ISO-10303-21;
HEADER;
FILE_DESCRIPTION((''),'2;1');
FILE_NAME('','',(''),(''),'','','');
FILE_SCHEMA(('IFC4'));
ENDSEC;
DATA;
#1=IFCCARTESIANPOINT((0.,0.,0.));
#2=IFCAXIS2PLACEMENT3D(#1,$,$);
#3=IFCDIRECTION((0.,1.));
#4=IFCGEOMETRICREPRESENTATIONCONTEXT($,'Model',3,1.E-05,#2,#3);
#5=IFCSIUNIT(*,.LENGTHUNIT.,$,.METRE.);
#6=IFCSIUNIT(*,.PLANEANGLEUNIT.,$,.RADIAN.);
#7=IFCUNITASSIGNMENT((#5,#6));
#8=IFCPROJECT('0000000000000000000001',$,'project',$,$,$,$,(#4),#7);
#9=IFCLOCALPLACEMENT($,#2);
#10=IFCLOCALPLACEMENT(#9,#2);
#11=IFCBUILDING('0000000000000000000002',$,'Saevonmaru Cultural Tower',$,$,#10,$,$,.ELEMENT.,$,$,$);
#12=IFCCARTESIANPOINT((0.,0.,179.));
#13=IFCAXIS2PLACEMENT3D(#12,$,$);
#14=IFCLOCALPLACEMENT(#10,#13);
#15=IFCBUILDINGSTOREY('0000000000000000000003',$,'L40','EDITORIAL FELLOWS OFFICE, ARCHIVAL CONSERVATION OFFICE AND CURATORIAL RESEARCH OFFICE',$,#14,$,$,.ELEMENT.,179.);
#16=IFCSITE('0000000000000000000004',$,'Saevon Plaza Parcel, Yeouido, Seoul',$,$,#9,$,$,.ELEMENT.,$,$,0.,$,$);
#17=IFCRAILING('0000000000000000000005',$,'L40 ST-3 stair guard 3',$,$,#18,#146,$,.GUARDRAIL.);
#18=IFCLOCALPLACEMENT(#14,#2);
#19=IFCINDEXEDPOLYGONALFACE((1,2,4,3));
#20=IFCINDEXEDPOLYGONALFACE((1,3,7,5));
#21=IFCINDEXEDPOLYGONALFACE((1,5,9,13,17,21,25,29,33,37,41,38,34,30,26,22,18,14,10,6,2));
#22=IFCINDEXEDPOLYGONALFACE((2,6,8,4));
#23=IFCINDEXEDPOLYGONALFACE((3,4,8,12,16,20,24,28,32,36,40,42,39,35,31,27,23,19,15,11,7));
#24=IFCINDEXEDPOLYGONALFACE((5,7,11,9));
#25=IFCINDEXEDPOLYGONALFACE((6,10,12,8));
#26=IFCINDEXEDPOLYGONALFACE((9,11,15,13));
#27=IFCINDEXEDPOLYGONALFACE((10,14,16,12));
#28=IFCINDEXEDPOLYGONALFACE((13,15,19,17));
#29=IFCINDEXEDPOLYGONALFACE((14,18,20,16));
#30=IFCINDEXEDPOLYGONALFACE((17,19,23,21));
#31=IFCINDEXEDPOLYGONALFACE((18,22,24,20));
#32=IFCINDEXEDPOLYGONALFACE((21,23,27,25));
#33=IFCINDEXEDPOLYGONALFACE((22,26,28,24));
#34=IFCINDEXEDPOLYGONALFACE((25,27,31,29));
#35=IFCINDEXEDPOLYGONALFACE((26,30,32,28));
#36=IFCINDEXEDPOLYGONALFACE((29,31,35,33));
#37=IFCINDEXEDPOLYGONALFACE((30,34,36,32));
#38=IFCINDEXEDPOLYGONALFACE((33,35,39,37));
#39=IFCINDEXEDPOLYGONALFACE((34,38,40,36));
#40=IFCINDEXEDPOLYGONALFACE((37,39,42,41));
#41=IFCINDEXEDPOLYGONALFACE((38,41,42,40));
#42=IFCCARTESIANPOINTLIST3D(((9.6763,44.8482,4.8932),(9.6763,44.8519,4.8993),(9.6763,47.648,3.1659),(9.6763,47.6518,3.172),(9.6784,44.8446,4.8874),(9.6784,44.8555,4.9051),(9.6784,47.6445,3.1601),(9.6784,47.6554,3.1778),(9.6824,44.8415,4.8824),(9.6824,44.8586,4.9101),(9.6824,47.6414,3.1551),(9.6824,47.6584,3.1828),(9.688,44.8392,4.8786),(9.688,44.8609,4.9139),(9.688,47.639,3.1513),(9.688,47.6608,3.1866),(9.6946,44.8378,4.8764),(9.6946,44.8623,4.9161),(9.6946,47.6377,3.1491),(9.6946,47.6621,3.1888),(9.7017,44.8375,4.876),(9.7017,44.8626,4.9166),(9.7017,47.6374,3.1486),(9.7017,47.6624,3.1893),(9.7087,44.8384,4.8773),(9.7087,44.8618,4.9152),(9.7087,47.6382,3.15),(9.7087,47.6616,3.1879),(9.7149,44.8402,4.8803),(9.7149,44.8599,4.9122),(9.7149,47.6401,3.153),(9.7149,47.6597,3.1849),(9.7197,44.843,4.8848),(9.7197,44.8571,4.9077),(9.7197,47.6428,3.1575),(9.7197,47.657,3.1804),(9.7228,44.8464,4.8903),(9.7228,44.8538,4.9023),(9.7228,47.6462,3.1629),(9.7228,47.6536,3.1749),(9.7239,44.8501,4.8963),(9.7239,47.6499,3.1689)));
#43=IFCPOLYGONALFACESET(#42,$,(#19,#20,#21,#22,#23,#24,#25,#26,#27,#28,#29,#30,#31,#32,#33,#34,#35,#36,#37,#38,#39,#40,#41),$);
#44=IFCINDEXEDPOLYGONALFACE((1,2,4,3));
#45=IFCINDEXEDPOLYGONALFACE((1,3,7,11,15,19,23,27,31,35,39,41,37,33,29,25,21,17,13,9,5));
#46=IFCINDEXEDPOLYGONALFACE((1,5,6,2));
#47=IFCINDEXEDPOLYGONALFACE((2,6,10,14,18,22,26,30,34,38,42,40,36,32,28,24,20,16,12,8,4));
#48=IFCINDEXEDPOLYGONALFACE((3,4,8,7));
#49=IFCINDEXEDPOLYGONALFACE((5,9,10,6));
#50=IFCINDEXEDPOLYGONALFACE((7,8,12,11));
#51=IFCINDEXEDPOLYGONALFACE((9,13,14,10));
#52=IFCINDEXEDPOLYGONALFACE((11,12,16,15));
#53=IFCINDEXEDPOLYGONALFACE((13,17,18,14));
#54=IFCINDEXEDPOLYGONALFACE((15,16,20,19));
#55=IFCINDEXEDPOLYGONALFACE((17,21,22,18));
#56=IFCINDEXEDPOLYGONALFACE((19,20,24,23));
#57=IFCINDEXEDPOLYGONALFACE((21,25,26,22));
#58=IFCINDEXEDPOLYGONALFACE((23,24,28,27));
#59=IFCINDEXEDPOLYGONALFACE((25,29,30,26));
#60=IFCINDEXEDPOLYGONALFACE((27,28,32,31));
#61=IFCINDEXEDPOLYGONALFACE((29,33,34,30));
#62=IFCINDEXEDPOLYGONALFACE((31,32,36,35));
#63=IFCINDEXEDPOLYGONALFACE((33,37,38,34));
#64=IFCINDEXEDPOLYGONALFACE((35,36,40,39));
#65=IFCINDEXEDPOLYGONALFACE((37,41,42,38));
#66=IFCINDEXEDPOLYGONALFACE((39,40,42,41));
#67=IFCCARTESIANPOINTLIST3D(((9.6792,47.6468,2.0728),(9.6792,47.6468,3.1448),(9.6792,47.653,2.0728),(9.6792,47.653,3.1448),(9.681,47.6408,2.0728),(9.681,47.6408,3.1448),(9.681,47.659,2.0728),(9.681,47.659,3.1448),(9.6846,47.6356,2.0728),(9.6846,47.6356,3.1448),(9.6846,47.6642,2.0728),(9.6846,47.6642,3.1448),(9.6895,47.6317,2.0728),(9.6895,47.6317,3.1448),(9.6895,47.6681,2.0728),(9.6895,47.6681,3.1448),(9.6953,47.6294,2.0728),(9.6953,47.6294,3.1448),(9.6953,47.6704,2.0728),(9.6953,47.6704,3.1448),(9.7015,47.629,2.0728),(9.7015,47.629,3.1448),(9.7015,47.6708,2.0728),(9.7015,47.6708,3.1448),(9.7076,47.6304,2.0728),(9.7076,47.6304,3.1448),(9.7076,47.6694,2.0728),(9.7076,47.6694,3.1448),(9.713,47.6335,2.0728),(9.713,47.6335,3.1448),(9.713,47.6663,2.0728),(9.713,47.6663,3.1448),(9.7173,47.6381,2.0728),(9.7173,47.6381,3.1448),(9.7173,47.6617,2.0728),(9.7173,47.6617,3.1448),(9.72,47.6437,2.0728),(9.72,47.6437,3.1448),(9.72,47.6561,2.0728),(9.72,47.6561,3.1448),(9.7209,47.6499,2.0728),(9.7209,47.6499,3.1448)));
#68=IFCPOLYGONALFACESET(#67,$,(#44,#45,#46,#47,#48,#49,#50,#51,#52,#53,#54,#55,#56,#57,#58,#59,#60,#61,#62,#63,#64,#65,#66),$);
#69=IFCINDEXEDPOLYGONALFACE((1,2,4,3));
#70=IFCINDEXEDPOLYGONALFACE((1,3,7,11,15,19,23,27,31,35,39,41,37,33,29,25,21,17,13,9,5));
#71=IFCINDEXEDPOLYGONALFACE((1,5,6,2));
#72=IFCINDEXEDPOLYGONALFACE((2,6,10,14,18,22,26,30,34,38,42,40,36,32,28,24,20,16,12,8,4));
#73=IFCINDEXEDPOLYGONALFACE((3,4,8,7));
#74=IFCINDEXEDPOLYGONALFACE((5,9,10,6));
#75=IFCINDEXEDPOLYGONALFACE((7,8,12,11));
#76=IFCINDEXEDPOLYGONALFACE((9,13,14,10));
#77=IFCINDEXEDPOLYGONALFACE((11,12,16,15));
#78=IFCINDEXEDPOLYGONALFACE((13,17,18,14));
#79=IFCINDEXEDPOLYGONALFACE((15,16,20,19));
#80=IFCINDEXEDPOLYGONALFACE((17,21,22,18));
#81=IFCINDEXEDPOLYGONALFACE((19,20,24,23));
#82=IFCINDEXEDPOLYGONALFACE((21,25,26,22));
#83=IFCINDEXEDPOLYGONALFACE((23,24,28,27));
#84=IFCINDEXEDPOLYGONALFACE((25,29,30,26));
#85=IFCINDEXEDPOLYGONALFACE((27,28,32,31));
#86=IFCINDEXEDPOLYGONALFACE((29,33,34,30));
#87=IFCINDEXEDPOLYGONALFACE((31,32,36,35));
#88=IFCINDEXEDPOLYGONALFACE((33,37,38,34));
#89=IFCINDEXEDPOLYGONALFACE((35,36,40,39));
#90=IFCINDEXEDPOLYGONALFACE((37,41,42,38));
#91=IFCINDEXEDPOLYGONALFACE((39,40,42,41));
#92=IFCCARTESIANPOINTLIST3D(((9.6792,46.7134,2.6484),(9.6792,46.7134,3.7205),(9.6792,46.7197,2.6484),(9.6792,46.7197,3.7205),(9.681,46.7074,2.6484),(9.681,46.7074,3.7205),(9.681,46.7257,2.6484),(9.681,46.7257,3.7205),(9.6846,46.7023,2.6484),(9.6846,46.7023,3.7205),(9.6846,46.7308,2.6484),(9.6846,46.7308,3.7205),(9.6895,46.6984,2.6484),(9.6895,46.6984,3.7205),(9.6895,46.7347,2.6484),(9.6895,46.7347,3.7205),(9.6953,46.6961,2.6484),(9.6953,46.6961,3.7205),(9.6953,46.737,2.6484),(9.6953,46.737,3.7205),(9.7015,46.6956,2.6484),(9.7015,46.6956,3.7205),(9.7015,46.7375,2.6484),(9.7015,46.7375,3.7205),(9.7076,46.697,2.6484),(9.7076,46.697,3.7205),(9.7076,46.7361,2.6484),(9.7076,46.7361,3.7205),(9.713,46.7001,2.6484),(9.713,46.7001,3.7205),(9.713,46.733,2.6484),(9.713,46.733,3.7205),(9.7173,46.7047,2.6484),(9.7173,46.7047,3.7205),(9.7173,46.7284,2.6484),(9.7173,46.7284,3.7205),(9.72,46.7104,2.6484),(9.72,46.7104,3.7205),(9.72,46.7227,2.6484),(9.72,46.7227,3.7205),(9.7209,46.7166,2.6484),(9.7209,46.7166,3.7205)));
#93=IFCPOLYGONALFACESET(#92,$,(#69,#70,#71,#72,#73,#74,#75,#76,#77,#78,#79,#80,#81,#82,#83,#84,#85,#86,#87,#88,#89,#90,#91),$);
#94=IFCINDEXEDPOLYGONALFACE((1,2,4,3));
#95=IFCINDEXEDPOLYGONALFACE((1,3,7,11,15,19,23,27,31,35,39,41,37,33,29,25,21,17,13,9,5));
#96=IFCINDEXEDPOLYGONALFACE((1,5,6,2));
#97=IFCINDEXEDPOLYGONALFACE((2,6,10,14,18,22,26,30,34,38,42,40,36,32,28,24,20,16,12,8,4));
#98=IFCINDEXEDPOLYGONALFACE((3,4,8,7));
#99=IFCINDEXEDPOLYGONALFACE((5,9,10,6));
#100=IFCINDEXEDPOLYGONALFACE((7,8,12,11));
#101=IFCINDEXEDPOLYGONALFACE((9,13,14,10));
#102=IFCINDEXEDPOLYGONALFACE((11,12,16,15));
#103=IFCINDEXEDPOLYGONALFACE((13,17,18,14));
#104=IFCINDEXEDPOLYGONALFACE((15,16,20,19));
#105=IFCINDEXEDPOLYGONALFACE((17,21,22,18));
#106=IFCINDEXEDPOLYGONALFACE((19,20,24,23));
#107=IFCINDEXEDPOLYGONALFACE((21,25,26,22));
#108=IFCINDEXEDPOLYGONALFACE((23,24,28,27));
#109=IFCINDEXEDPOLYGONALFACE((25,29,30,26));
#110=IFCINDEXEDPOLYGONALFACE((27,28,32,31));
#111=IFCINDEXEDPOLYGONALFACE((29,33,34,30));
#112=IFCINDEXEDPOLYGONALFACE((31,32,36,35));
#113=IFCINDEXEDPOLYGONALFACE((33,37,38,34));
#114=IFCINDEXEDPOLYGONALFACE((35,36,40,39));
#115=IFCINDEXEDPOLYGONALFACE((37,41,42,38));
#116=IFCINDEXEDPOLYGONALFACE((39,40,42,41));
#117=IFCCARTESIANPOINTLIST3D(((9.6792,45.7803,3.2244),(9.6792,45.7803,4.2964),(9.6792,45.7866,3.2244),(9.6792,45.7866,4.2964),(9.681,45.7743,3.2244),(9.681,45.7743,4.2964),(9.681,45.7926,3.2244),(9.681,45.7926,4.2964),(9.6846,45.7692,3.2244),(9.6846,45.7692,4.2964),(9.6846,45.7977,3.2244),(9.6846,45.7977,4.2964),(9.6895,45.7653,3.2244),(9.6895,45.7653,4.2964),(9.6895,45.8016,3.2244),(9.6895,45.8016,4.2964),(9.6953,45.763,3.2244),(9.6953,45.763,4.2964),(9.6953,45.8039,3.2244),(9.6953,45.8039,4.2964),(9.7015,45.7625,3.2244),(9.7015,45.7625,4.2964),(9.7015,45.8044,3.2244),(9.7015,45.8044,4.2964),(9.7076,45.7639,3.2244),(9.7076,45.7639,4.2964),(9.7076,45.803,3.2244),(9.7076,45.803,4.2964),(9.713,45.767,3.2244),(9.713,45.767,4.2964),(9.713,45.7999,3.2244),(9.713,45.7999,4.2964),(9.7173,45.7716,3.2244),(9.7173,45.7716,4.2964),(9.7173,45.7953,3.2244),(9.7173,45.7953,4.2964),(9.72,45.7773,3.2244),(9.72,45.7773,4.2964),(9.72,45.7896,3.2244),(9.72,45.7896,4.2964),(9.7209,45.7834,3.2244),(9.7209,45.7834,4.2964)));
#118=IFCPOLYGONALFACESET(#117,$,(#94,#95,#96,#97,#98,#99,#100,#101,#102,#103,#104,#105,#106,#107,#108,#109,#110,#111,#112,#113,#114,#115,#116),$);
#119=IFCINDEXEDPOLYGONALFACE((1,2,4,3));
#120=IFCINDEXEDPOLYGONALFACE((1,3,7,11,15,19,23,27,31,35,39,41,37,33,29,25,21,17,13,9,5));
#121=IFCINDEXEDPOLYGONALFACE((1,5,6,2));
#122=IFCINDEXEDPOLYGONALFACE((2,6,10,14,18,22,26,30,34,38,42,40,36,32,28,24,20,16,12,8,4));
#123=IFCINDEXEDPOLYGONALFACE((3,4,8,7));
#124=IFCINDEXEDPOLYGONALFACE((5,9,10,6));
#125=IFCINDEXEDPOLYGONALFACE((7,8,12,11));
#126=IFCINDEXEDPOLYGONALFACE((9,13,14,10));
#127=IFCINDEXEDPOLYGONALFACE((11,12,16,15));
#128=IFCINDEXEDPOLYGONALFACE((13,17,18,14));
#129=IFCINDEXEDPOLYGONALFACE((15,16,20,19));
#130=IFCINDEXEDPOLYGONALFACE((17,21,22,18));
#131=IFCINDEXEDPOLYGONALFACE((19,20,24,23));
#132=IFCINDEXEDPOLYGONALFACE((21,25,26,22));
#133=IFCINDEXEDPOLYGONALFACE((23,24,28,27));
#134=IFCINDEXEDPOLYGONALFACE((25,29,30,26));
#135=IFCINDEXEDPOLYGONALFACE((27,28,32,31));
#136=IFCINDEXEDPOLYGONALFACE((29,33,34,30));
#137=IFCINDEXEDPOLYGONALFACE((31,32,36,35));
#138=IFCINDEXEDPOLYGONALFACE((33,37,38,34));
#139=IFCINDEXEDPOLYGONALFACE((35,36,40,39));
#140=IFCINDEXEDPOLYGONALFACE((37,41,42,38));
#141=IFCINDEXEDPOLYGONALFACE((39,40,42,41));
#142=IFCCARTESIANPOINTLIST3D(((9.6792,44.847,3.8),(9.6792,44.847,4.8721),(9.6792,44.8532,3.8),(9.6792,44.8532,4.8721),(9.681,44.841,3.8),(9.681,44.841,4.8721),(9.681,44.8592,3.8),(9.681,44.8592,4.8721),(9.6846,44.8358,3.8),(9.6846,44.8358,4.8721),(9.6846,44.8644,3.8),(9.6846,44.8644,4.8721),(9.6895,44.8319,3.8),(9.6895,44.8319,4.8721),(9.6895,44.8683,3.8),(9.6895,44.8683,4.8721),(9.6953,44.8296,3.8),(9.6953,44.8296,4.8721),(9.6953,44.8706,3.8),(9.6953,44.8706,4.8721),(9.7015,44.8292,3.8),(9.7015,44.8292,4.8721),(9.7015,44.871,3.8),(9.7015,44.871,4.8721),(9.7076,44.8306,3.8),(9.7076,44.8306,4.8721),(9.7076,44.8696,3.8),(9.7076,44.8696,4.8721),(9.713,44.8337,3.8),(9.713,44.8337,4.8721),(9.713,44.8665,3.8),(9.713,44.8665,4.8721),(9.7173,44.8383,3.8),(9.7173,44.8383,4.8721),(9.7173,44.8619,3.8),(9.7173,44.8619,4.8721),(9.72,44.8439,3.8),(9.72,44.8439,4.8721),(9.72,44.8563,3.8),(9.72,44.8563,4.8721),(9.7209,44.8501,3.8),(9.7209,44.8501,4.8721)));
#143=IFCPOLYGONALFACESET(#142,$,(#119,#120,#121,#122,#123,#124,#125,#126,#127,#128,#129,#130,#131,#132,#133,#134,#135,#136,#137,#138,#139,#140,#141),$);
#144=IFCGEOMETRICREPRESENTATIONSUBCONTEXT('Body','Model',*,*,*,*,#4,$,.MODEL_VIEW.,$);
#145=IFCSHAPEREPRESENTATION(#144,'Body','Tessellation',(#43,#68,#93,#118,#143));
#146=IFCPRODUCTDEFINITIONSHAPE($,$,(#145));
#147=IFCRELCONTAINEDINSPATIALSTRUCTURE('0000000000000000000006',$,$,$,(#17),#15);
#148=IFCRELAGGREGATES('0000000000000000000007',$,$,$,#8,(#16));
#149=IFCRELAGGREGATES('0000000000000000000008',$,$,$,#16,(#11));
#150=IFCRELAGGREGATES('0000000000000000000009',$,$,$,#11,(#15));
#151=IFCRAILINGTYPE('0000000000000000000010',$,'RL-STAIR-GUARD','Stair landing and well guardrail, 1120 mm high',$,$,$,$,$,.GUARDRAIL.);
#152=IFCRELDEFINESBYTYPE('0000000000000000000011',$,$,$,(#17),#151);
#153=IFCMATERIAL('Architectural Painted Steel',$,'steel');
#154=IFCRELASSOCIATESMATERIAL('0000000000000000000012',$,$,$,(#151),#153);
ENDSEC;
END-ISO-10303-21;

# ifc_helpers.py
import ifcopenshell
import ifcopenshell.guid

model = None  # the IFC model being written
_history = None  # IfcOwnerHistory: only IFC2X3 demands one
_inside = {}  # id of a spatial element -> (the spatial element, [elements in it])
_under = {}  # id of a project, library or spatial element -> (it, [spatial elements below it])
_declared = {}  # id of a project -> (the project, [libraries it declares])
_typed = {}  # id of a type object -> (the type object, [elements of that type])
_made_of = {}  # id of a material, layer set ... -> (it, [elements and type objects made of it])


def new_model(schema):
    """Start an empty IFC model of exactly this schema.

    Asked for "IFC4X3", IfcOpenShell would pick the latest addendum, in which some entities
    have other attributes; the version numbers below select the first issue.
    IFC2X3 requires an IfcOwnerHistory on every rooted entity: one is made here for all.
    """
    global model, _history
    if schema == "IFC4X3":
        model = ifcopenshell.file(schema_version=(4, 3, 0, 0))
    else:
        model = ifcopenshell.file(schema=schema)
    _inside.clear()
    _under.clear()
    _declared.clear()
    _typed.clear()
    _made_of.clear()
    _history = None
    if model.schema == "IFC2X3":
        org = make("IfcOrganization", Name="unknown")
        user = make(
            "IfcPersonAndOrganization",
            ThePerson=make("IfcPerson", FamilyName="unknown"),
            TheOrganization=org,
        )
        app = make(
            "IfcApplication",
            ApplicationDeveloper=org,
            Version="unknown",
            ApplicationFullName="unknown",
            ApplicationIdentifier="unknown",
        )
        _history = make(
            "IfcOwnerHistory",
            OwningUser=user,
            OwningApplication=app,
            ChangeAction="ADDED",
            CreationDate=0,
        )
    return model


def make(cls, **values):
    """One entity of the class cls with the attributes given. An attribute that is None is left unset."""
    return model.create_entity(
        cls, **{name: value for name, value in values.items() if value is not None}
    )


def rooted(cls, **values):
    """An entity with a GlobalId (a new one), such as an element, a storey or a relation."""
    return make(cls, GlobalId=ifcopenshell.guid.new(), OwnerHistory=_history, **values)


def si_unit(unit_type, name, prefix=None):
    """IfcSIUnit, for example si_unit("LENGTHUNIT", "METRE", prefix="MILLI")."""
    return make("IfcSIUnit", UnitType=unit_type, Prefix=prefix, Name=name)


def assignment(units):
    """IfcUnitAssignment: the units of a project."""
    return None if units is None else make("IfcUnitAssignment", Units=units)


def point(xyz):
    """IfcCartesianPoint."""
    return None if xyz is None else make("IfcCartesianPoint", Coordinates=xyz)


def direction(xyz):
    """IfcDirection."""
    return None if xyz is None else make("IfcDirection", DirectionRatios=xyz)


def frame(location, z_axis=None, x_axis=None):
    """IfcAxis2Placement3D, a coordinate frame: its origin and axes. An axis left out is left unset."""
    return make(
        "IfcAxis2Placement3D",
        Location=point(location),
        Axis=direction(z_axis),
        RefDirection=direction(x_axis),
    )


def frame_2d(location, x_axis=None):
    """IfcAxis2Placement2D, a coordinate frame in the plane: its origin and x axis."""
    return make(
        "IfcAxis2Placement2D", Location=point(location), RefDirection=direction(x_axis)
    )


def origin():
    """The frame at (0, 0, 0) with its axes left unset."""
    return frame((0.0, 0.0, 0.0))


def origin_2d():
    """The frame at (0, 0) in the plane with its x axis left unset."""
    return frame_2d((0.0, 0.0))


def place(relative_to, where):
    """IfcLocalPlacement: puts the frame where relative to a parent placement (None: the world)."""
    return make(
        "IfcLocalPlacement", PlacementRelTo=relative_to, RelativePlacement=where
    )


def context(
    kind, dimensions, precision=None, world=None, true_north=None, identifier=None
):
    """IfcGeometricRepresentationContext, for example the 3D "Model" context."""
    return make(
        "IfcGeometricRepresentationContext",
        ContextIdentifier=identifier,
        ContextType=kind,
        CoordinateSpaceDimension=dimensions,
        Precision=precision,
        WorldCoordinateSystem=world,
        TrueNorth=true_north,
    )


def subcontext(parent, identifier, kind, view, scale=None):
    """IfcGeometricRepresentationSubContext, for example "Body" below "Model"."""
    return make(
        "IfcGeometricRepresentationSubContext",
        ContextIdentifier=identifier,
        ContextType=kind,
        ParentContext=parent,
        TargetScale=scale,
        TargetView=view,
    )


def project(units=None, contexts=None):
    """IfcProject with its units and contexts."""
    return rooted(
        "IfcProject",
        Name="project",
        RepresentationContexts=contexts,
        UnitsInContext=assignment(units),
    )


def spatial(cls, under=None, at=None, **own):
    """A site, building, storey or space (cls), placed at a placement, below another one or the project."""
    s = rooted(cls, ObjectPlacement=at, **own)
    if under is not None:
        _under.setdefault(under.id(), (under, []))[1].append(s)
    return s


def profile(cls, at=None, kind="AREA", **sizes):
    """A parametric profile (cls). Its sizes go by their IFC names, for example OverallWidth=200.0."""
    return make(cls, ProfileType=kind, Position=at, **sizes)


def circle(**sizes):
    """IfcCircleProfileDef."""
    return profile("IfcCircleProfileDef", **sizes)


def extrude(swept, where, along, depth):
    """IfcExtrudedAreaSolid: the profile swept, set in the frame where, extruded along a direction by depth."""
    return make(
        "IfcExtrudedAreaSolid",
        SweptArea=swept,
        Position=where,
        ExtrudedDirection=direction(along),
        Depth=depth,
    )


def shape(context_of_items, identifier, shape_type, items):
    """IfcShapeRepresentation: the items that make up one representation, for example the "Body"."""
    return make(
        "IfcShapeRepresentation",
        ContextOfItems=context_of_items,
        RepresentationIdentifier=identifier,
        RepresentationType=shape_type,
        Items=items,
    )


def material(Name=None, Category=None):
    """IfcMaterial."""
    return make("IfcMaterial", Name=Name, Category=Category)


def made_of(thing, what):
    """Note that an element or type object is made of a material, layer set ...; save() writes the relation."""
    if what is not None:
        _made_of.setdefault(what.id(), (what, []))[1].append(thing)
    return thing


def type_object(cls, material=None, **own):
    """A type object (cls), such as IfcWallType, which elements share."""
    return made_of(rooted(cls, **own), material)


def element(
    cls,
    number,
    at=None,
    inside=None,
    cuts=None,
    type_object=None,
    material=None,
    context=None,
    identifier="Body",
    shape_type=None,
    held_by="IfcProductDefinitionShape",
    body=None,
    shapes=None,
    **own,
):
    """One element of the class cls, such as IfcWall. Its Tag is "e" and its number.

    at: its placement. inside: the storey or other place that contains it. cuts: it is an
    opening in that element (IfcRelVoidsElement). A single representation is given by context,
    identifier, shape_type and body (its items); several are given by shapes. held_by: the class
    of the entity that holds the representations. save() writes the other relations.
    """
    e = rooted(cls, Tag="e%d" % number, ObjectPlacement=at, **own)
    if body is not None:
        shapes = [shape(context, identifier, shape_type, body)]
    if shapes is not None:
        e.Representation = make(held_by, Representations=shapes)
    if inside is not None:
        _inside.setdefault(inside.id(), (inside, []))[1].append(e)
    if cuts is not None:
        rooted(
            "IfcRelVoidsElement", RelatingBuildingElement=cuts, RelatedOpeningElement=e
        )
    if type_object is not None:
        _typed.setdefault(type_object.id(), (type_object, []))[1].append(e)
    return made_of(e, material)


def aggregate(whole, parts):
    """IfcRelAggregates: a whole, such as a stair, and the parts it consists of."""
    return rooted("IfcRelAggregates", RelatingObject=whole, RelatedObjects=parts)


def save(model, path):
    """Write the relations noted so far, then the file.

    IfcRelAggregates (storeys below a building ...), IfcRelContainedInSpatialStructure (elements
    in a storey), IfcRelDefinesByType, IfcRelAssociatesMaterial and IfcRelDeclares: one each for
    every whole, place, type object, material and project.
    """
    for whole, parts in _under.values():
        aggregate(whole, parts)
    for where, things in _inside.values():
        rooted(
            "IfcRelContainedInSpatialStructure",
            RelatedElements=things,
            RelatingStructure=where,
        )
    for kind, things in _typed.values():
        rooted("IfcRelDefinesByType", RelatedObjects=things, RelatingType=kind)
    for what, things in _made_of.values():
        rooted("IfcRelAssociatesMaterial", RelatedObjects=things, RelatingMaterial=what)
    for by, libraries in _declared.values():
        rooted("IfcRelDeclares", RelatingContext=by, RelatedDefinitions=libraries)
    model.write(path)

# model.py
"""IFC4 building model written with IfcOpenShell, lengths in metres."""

from ifc_helpers import new_model, si_unit, direction, frame, origin, origin_2d, place, context, subcontext, project, spatial, circle, extrude, material, type_object, element, save


model = new_model("IFC4")

# Units and contexts
model_context = context("Model", 3, precision=1e-05, world=origin(), true_north=direction((0.0, 1.0)))
body_context = subcontext(model_context, "Body", "Model", "MODEL_VIEW")
ifc_project = project(units=[si_unit("LENGTHUNIT", "METRE"), si_unit("PLANEANGLEUNIT", "RADIAN")], contexts=[model_context])

# Site, building, storey
site_placement = place(None, origin())
site = spatial("IfcSite", under=ifc_project, at=site_placement, Name="Saevon Plaza Parcel, Yeouido, Seoul", CompositionType="ELEMENT", RefElevation=0.0)
building_placement = place(site_placement, origin())
building = spatial("IfcBuilding", under=site, at=building_placement, Name="Saevonmaru Cultural Tower", CompositionType="ELEMENT")
storey_placement = place(building_placement, frame((0.0, 0.0, 179.0)))
storey = spatial("IfcBuildingStorey", under=building, at=storey_placement, Name="L40", Description="EDITORIAL FELLOWS OFFICE, ARCHIVAL CONSERVATION OFFICE AND CURATORIAL RESEARCH OFFICE", CompositionType="ELEMENT", Elevation=179.0)

# Railing
ifc_material_1 = material(Name="Architectural Painted Steel", Category="steel")
railing_type_1 = type_object("IfcRailingType", Name="RL-STAIR-GUARD", Description="Stair landing and well guardrail, 1120 mm high", PredefinedType="GUARDRAIL", material=ifc_material_1)
railing_1_placement = place(storey_placement, frame((9.7, 47.6499, 2.0728)))
element("IfcRailing", 1, at=railing_1_placement, inside=storey, type_object=railing_type_1, Name="L40 ST-3 stair guard 3", PredefinedType="GUARDRAIL", context=body_context, shape_type="SweptSolid", body=[
    extrude(circle(Radius=0.0239, at=origin_2d()), frame((0.0, 0.0, 1.0962), z_axis=(0.0, -0.851069, 0.525054), x_axis=(1.0, 0.0, 0.0)), (0.0, 0.0, 1.0), 3.2898),
    extrude(circle(Radius=0.021, at=origin_2d()), origin(), (0.0, 0.0, 1.0), 1.072),
    extrude(circle(Radius=0.021, at=origin_2d()), frame((0.0, -0.9333, 0.5757)), (0.0, 0.0, 1.0), 1.072),
    extrude(circle(Radius=0.021, at=origin_2d()), frame((0.0, -1.8665, 1.1516)), (0.0, 0.0, 1.0), 1.072),
    extrude(circle(Radius=0.021, at=origin_2d()), frame((0.0, -2.7998, 1.7273)), (0.0, 0.0, 1.0), 1.072),
])

save(model, "model.ifc")
